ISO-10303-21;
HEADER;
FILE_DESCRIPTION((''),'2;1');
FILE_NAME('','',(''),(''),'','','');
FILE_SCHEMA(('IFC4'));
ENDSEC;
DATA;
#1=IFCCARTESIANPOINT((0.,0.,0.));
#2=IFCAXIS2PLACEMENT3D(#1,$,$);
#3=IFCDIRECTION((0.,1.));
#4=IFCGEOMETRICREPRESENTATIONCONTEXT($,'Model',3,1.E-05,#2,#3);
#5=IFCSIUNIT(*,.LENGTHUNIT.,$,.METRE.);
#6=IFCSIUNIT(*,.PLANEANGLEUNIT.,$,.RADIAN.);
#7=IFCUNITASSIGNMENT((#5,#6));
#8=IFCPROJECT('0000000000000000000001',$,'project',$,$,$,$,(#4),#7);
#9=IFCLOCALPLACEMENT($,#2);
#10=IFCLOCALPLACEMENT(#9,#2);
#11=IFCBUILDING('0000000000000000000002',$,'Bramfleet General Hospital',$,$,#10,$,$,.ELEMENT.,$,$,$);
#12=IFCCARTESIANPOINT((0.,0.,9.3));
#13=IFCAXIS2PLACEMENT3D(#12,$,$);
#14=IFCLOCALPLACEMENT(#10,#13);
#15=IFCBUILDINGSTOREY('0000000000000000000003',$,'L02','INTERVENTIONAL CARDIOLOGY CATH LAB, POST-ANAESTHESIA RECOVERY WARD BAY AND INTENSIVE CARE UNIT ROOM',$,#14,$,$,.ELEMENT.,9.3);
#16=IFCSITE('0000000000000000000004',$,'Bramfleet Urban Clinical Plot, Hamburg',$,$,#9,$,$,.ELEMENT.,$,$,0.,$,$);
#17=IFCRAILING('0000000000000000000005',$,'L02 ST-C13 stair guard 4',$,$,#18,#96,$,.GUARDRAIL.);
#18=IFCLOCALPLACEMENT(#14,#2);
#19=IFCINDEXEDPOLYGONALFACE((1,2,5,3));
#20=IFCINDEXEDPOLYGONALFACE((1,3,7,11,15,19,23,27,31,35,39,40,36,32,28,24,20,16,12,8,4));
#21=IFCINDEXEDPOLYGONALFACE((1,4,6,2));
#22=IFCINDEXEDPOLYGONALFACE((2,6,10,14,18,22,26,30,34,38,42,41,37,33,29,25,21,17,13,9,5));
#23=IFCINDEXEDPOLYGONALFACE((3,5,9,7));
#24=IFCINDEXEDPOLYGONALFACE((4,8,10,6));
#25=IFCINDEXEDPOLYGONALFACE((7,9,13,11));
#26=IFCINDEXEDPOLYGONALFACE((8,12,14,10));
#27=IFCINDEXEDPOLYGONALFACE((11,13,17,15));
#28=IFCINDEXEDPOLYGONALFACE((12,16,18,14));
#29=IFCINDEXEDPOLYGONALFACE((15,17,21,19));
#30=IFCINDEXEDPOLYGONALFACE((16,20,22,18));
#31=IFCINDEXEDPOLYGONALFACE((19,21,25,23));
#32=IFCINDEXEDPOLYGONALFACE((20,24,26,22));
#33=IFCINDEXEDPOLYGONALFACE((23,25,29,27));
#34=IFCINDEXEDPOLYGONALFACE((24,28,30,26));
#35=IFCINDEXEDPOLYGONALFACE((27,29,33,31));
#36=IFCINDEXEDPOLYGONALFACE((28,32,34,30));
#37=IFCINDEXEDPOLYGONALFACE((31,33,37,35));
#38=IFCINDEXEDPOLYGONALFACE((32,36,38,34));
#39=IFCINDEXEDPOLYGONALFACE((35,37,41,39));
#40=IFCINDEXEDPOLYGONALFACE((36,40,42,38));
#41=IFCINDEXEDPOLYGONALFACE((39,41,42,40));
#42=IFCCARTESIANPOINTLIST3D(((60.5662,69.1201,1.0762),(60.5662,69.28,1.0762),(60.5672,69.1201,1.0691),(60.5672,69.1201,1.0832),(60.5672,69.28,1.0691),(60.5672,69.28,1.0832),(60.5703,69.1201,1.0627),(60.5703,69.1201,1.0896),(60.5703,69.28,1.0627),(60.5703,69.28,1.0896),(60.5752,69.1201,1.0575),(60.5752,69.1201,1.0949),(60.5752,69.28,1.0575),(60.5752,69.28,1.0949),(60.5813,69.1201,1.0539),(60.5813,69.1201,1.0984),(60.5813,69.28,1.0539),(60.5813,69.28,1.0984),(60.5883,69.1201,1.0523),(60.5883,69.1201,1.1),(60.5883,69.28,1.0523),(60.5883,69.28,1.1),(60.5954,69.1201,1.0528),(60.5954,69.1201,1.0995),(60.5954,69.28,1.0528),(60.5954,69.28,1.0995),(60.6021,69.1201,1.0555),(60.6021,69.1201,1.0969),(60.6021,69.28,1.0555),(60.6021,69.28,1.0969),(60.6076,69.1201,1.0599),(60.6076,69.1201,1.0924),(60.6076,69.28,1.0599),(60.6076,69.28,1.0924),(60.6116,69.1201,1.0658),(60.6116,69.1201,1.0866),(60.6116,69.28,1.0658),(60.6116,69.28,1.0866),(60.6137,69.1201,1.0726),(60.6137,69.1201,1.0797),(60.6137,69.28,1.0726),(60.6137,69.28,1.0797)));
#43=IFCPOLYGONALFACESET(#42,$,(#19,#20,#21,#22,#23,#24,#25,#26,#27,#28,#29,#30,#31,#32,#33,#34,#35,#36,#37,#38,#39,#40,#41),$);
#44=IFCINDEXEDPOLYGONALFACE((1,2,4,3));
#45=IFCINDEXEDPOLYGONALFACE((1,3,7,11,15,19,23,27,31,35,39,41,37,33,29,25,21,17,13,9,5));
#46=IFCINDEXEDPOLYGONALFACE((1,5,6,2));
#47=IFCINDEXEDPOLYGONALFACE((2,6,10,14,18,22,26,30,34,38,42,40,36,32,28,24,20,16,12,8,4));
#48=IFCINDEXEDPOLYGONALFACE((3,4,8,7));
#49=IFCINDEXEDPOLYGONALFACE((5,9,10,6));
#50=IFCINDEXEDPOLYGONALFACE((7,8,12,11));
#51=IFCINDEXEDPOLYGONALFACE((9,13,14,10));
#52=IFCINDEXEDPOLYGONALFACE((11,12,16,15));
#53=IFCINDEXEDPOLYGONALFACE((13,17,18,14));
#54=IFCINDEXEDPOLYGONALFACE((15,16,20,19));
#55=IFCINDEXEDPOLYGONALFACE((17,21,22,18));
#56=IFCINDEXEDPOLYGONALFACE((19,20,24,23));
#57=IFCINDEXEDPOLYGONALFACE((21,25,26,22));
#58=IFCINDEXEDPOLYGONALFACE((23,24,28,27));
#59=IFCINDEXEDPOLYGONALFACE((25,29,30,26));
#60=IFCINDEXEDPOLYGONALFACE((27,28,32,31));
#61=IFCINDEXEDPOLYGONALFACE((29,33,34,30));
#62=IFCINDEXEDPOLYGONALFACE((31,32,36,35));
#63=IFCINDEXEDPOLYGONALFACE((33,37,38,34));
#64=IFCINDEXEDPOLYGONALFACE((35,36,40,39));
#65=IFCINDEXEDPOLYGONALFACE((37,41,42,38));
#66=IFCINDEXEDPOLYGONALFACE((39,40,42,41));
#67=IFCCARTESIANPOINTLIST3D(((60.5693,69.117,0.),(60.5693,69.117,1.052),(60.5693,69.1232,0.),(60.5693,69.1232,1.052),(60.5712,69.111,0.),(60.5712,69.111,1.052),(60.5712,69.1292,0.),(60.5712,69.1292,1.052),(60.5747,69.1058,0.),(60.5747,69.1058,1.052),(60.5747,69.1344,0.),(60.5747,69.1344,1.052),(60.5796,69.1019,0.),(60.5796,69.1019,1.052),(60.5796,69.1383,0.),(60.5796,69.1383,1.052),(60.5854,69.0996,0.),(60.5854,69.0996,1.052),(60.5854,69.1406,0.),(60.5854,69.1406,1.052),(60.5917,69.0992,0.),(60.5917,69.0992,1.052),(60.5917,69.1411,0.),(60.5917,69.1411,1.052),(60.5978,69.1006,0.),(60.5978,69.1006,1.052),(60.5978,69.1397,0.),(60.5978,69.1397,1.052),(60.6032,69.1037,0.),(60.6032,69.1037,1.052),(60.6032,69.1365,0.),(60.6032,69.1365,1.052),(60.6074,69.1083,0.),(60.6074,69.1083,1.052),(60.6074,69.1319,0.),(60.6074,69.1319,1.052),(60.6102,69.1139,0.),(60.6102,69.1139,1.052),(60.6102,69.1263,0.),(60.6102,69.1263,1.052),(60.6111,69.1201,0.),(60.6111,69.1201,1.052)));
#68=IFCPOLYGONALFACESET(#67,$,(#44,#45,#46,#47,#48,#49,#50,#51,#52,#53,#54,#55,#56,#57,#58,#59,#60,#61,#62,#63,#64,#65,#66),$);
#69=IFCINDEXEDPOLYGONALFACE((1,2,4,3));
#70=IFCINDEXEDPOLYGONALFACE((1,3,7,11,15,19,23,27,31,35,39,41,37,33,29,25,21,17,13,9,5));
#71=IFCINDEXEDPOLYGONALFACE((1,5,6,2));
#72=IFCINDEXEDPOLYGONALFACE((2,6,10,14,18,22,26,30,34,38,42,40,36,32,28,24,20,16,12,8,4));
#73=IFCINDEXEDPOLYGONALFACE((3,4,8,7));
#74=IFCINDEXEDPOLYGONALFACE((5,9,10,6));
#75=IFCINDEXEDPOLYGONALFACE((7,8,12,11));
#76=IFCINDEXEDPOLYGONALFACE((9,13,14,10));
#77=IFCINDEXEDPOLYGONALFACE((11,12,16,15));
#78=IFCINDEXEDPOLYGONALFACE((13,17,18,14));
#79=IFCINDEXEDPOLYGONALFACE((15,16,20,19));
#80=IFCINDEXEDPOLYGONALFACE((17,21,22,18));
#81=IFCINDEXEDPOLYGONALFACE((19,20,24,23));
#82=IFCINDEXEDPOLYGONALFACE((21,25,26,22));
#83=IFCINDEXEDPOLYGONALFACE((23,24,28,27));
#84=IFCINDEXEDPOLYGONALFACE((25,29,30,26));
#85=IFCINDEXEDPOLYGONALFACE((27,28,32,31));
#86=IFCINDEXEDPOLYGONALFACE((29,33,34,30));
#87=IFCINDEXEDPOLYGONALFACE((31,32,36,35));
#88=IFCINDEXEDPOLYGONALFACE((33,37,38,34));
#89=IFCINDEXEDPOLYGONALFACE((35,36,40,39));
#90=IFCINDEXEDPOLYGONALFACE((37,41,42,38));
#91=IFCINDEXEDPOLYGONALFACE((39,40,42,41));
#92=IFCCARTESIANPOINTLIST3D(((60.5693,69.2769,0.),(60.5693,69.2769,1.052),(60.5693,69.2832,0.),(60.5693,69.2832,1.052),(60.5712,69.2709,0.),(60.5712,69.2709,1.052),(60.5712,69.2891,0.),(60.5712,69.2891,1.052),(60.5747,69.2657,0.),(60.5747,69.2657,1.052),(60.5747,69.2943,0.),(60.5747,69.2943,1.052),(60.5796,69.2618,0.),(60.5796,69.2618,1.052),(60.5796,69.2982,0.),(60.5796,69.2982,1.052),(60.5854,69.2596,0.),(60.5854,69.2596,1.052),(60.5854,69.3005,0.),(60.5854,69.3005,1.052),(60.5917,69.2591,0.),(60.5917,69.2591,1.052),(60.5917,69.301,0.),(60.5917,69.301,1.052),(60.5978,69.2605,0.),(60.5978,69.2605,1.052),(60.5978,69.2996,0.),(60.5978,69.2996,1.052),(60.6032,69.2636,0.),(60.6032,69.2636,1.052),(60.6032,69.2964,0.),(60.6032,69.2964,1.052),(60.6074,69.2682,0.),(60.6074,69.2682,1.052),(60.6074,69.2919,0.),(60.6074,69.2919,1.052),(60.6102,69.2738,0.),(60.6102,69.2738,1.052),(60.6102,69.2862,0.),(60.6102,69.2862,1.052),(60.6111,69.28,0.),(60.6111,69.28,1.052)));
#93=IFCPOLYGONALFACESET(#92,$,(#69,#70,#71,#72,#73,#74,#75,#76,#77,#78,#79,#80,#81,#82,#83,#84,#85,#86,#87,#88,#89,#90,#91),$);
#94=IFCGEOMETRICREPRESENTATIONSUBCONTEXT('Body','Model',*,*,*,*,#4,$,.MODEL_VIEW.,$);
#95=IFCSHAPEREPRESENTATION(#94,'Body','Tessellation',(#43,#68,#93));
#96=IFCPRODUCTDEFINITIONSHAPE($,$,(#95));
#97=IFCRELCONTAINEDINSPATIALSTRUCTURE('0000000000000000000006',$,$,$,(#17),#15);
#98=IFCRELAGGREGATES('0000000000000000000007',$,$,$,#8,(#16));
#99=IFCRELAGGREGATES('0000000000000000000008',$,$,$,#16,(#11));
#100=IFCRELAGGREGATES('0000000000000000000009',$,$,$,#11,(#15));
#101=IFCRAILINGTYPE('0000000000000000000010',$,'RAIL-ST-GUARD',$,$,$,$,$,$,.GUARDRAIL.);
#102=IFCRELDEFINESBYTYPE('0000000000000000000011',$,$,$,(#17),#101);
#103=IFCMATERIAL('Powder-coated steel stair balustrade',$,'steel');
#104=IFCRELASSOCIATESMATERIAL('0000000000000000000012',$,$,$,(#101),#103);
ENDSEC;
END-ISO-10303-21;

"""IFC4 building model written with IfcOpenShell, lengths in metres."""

from ifc_helpers import new_model, si_unit, direction, frame, origin, origin_2d, place, context, subcontext, project, spatial, circle, extrude, material, type_object, element, save


model = new_model("IFC4")

# Units and contexts
model_context = context("Model", 3, precision=1e-05, world=origin(), true_north=direction((0.0, 1.0)))
body_context = subcontext(model_context, "Body", "Model", "MODEL_VIEW")
ifc_project = project(units=[si_unit("LENGTHUNIT", "METRE"), si_unit("PLANEANGLEUNIT", "RADIAN")], contexts=[model_context])

# Site, building, storey
site_placement = place(None, origin())
site = spatial("IfcSite", under=ifc_project, at=site_placement, Name="Bramfleet Urban Clinical Plot, Hamburg", CompositionType="ELEMENT", RefElevation=0.0)
building_placement = place(site_placement, origin())
building = spatial("IfcBuilding", under=site, at=building_placement, Name="Bramfleet General Hospital", CompositionType="ELEMENT")
storey_placement = place(building_placement, frame((0.0, 0.0, 9.3)))
storey = spatial("IfcBuildingStorey", under=building, at=storey_placement, Name="L02", Description="INTERVENTIONAL CARDIOLOGY CATH LAB, POST-ANAESTHESIA RECOVERY WARD BAY AND INTENSIVE CARE UNIT ROOM", CompositionType="ELEMENT", Elevation=9.3)

# Railing
ifc_material_1 = material(Name="Powder-coated steel stair balustrade", Category="steel")
railing_type_1 = type_object("IfcRailingType", Name="RAIL-ST-GUARD", PredefinedType="GUARDRAIL", material=ifc_material_1)
railing_1_placement = place(storey_placement, frame((60.5901, 69.1201, 0.0)))
element("IfcRailing", 1, at=railing_1_placement, inside=storey, type_object=railing_type_1, Name="L02 ST-C13 stair guard 4", PredefinedType="GUARDRAIL", context=body_context, shape_type="SweptSolid", body=[
    extrude(circle(Radius=0.0239, at=origin_2d()), frame((0.0, 0.0, 1.0762), z_axis=(0.0, 1.0, 0.0), x_axis=(-1.0, 0.0, 0.0)), (0.0, 0.0, 1.0), 0.1599),
    extrude(circle(Radius=0.021, at=origin_2d()), origin(), (0.0, 0.0, 1.0), 1.052),
    extrude(circle(Radius=0.021, at=origin_2d()), frame((0.0, 0.1599, 0.0)), (0.0, 0.0, 1.0), 1.052),
])

save(model, "model.ifc")
